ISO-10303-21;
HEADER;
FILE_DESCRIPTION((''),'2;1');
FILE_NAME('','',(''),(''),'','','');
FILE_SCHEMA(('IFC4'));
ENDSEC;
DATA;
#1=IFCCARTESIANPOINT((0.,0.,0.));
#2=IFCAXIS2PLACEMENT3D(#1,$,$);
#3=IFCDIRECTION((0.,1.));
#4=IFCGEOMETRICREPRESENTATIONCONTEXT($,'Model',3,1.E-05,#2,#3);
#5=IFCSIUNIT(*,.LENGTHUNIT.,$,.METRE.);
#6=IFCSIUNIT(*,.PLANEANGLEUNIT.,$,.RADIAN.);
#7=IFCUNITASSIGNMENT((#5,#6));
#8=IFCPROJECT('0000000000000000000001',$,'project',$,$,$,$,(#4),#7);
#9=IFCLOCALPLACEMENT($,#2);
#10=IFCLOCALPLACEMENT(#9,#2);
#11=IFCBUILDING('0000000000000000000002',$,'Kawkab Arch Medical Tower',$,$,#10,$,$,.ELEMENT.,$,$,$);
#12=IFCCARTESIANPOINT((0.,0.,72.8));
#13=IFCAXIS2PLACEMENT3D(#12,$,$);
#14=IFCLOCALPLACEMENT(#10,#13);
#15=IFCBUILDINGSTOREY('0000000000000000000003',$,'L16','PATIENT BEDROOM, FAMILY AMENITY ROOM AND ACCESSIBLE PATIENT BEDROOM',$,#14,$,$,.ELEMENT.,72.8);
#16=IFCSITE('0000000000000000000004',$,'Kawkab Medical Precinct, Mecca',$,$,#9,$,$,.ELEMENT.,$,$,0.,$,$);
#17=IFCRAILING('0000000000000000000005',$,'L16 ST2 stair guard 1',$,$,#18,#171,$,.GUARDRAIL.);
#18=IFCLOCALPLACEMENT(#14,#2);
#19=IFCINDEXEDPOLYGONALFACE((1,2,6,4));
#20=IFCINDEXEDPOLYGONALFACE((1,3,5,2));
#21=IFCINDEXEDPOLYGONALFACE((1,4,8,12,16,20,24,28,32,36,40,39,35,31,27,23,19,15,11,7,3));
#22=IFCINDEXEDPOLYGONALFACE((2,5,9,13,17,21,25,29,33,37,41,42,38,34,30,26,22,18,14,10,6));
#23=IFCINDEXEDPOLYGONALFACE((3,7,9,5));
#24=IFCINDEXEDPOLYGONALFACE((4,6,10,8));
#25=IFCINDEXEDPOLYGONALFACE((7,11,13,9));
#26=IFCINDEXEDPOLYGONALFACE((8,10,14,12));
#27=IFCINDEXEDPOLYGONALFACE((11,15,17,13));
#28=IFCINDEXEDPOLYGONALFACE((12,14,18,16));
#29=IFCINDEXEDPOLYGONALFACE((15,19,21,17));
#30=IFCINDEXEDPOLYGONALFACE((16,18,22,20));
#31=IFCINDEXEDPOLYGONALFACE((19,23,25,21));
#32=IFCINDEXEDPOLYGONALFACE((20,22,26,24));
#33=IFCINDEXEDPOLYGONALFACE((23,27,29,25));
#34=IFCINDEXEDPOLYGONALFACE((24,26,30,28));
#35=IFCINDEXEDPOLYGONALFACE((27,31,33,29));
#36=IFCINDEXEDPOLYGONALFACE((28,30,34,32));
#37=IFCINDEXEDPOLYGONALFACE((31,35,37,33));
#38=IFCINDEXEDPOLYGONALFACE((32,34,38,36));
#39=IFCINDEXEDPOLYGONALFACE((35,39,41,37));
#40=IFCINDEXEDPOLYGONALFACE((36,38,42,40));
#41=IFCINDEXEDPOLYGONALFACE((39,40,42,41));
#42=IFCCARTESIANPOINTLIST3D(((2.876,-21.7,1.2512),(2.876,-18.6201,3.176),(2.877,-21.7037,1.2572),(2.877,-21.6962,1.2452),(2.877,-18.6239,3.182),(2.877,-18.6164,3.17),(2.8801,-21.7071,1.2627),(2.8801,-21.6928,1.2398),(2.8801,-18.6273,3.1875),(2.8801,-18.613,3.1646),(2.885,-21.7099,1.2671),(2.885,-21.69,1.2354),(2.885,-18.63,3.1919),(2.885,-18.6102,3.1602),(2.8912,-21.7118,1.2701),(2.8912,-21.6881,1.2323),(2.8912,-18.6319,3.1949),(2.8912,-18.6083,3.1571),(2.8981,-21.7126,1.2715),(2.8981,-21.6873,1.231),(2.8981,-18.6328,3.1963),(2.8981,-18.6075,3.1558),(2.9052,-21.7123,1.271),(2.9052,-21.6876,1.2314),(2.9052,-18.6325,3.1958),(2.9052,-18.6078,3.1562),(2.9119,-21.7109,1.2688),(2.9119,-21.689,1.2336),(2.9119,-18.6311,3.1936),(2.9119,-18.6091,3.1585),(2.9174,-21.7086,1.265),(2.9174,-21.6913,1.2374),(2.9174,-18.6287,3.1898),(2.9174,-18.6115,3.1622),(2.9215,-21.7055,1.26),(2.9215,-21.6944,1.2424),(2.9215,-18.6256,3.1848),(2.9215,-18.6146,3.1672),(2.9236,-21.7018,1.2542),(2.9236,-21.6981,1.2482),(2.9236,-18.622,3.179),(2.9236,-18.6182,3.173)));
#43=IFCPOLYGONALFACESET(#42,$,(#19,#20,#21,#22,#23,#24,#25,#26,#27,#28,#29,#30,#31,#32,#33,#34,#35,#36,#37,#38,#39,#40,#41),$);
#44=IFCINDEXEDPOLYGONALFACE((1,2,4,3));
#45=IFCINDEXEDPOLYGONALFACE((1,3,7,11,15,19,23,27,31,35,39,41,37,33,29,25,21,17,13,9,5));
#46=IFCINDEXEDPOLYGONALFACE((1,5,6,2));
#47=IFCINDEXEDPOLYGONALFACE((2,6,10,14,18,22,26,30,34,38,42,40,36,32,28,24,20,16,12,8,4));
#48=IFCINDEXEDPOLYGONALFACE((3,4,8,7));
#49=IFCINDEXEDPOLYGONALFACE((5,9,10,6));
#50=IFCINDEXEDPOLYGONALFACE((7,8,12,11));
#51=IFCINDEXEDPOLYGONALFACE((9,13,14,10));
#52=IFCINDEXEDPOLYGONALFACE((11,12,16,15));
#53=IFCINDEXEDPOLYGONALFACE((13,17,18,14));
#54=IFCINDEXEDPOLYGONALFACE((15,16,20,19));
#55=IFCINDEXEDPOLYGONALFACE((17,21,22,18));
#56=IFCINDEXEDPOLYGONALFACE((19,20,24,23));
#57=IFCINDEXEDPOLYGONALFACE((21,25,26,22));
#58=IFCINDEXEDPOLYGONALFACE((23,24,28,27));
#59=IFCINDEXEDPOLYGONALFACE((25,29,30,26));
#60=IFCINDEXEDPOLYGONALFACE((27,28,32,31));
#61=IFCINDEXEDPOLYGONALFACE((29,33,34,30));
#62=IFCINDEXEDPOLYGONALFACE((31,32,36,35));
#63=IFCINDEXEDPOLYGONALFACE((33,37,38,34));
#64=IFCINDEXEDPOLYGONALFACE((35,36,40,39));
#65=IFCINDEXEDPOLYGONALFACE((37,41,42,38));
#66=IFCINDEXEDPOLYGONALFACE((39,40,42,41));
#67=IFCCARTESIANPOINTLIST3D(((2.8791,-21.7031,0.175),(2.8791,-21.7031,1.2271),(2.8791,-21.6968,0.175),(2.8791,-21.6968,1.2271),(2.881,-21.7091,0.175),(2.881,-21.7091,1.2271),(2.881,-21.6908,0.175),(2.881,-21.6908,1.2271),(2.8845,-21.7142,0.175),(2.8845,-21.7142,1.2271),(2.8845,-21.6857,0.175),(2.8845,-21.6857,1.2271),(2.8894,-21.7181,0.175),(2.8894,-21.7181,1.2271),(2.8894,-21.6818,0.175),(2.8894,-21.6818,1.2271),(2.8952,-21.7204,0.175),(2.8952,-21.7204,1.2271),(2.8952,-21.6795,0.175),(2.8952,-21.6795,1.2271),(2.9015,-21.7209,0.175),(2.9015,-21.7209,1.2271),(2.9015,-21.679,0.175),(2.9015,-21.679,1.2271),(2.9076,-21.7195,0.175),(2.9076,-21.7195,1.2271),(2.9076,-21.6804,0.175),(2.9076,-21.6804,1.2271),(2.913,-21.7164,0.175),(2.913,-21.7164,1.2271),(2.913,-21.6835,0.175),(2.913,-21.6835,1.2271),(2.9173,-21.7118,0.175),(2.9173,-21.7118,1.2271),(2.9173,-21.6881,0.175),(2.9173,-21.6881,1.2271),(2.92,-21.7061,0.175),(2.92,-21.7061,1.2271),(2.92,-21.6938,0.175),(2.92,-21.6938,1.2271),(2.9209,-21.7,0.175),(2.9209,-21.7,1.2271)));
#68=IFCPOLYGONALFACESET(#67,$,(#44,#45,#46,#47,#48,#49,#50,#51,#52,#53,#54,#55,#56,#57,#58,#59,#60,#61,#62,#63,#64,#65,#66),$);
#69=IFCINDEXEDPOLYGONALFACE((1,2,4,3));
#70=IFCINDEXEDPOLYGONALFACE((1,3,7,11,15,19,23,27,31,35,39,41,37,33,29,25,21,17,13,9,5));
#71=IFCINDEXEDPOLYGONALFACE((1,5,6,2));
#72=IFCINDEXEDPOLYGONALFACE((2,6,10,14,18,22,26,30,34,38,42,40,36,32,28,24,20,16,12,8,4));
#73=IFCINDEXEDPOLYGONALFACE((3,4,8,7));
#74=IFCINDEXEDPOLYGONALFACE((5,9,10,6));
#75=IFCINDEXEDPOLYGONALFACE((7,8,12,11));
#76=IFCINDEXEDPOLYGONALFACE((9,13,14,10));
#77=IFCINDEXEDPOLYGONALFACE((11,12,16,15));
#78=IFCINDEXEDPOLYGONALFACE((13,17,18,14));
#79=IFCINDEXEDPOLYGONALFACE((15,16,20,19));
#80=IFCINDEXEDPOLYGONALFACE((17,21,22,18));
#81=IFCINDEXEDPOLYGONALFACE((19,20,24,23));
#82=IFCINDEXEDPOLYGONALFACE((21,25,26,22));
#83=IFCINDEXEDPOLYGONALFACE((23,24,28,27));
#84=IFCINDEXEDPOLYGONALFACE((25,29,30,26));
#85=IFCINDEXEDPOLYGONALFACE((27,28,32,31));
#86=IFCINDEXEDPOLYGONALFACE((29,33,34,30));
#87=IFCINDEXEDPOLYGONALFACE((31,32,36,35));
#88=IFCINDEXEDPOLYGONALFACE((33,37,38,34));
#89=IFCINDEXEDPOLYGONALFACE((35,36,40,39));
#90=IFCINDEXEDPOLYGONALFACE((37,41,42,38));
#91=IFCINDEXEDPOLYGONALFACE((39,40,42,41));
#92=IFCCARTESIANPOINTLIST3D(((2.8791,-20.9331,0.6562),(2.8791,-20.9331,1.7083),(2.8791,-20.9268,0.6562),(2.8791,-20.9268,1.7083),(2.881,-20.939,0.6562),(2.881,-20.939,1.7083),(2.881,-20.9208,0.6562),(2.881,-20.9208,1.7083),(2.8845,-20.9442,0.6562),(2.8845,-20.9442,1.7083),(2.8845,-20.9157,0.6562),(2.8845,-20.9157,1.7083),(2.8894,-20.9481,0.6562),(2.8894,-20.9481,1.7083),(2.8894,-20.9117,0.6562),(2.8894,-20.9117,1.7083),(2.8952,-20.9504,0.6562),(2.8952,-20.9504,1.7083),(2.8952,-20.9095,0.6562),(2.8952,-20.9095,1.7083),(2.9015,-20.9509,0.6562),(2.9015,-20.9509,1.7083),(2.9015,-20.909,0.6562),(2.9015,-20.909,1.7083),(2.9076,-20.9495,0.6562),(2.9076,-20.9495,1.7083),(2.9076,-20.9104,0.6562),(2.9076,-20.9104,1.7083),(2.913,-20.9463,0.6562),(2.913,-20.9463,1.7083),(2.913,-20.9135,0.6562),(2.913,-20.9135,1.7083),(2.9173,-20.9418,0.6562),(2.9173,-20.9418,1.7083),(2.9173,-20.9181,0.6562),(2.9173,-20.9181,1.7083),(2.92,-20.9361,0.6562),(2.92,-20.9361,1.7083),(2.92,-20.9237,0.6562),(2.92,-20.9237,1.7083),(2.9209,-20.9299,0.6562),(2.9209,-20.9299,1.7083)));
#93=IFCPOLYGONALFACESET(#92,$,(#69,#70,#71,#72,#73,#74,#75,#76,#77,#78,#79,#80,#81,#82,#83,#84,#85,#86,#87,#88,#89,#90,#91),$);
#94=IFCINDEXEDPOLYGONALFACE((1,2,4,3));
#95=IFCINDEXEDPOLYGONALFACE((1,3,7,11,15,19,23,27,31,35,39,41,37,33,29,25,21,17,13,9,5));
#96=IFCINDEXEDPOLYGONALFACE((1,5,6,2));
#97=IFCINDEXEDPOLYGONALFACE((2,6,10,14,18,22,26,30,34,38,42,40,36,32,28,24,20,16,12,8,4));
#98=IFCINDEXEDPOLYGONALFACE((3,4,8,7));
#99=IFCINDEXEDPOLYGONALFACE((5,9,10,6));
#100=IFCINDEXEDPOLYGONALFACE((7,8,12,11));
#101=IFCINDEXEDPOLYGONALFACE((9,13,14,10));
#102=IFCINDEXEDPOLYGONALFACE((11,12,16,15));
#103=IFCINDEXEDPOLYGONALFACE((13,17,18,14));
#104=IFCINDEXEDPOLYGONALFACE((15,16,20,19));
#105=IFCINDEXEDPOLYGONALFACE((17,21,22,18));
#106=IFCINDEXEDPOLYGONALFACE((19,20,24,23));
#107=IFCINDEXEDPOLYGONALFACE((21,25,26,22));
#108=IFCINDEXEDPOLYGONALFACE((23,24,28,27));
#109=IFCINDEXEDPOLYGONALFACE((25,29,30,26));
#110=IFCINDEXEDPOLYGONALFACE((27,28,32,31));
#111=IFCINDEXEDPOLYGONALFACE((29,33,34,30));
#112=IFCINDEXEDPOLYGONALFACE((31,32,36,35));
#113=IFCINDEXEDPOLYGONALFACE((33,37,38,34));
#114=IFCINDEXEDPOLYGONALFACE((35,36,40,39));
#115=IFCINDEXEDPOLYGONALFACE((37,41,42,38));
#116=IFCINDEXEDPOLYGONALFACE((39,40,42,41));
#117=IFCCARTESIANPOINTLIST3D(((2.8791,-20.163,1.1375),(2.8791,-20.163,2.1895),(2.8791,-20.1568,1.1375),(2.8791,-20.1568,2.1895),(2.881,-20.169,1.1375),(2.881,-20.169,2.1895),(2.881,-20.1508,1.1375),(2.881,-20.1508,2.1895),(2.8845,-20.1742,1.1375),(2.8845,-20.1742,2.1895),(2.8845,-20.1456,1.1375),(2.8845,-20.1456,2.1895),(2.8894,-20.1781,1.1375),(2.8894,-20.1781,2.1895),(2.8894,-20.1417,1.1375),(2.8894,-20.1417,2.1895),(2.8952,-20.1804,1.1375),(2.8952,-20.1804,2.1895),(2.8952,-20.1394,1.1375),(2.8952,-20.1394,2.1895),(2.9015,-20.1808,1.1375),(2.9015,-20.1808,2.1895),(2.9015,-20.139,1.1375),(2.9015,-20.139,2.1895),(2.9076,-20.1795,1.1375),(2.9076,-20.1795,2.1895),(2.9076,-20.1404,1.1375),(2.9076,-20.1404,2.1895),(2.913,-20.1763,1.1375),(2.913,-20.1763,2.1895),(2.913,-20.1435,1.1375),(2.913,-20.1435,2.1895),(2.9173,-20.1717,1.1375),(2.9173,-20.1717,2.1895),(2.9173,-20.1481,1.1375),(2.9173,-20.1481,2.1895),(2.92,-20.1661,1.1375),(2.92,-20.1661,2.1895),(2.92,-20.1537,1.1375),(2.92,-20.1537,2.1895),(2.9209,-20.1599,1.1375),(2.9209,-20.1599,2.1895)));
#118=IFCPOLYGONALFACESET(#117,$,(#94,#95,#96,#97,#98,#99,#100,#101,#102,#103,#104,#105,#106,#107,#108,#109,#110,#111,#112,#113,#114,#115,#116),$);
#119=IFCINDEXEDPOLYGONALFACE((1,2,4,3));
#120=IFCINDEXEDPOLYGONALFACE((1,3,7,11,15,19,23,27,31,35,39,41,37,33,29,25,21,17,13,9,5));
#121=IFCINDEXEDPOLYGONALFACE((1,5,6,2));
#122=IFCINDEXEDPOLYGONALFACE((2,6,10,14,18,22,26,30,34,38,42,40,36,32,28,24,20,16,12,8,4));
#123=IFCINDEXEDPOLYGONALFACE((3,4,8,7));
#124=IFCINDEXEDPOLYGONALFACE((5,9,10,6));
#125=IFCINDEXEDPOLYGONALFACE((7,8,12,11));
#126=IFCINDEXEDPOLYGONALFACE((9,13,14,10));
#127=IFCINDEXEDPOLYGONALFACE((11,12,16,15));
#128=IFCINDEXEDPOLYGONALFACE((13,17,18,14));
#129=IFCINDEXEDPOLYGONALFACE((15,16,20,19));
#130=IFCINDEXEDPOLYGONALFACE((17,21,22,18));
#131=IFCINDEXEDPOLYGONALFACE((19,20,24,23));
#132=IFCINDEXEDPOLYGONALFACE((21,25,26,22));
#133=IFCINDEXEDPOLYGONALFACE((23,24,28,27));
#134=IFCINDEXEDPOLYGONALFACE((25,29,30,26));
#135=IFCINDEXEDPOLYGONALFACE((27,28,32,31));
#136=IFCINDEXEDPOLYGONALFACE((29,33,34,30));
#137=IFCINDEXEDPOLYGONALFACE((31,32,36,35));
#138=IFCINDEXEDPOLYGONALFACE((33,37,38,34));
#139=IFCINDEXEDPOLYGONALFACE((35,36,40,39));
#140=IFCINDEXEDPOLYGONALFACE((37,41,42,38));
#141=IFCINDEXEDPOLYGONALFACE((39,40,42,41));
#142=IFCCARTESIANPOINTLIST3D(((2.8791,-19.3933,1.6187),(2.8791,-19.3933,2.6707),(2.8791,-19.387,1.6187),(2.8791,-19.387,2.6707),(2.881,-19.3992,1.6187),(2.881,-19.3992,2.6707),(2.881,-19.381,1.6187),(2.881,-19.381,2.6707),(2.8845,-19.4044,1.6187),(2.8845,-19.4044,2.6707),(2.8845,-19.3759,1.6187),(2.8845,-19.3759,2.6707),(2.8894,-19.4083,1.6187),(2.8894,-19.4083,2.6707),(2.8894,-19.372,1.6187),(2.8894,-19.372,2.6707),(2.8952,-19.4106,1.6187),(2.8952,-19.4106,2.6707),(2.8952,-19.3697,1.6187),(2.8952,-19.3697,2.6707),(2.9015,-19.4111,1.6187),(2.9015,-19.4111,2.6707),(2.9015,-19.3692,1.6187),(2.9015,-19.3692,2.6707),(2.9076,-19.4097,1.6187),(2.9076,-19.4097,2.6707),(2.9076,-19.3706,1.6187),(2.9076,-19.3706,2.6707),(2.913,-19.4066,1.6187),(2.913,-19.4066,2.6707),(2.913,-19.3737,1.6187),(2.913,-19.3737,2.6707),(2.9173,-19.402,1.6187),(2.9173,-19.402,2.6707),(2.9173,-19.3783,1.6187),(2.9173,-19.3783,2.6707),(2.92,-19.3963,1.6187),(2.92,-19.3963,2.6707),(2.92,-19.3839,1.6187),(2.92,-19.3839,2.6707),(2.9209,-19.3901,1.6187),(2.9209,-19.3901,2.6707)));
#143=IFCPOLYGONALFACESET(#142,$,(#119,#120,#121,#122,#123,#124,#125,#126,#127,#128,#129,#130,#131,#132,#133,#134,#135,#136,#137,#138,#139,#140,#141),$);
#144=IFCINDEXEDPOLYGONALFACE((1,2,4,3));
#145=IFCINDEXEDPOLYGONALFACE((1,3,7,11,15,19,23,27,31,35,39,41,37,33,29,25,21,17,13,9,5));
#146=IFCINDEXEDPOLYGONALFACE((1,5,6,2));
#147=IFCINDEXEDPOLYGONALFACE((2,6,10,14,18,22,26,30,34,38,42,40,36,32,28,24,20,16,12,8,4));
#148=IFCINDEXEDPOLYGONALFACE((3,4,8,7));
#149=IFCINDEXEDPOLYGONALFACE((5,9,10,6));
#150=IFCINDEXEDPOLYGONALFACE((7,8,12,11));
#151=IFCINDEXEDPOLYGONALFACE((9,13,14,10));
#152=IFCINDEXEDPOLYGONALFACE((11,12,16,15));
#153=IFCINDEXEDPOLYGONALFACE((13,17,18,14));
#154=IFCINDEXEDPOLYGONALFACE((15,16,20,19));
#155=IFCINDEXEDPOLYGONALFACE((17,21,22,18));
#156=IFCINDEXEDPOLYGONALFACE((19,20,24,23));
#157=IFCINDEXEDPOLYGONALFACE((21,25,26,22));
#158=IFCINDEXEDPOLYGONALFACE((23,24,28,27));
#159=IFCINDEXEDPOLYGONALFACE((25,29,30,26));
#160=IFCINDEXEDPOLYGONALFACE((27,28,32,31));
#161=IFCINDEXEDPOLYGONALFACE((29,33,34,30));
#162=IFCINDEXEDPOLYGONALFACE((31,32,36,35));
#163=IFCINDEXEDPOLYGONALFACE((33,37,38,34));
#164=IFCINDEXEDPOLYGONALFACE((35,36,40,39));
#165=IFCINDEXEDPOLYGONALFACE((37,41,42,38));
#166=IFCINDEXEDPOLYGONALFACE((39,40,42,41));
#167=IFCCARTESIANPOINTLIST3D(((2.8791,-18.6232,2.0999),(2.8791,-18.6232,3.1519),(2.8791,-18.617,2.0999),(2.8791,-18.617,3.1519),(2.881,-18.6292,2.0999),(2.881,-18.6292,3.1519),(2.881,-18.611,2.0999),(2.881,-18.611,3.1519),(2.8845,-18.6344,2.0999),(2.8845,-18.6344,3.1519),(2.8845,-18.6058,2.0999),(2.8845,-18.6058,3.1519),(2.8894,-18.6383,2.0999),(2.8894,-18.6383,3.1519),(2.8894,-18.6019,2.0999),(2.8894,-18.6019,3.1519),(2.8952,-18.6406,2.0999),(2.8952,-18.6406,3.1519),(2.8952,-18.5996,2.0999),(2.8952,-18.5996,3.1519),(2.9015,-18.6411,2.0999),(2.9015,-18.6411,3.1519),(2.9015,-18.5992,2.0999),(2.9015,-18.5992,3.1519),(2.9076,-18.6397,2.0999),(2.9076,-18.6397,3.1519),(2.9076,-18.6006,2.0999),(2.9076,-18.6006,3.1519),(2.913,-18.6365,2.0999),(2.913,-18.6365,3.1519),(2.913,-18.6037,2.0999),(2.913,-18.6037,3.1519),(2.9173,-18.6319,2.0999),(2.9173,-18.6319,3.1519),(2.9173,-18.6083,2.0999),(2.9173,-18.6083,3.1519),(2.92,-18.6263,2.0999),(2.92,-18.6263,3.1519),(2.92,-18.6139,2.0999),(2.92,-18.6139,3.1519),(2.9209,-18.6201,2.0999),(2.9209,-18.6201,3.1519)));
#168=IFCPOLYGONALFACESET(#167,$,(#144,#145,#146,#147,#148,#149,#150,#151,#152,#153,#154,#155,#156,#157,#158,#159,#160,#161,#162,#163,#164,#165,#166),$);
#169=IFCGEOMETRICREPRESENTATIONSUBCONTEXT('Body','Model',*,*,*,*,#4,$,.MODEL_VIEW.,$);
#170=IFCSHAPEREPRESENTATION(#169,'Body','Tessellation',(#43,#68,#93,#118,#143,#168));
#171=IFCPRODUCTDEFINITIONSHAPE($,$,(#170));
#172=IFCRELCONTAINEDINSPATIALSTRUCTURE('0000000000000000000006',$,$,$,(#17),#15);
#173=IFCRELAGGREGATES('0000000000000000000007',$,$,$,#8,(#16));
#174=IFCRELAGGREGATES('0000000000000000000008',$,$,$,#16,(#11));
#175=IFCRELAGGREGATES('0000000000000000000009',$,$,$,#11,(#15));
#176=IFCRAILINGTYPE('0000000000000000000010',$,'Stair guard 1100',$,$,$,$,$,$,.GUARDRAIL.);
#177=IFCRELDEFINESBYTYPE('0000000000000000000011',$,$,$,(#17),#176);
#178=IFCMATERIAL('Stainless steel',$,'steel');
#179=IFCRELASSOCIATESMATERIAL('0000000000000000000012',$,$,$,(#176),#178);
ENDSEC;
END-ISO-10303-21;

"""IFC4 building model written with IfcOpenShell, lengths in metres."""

from ifc_helpers import new_model, si_unit, direction, frame, origin, origin_2d, place, context, subcontext, project, spatial, circle, extrude, material, type_object, element, save


model = new_model("IFC4")

# Units and contexts
model_context = context("Model", 3, precision=1e-05, world=origin(), true_north=direction((0.0, 1.0)))
body_context = subcontext(model_context, "Body", "Model", "MODEL_VIEW")
ifc_project = project(units=[si_unit("LENGTHUNIT", "METRE"), si_unit("PLANEANGLEUNIT", "RADIAN")], contexts=[model_context])

# Site, building, storey
site_placement = place(None, origin())
site = spatial("IfcSite", under=ifc_project, at=site_placement, Name="Kawkab Medical Precinct, Mecca", CompositionType="ELEMENT", RefElevation=0.0)
building_placement = place(site_placement, origin())
building = spatial("IfcBuilding", under=site, at=building_placement, Name="Kawkab Arch Medical Tower", CompositionType="ELEMENT")
storey_placement = place(building_placement, frame((0.0, 0.0, 72.8)))
storey = spatial("IfcBuildingStorey", under=building, at=storey_placement, Name="L16", Description="PATIENT BEDROOM, FAMILY AMENITY ROOM AND ACCESSIBLE PATIENT BEDROOM", CompositionType="ELEMENT", Elevation=72.8)

# Railing
ifc_material_1 = material(Name="Stainless steel", Category="steel")
railing_type = type_object("IfcRailingType", Name="Stair guard 1100", PredefinedType="GUARDRAIL", material=ifc_material_1)
railing_placement = place(storey_placement, frame((2.8999, -21.7, 0.175)))
element("IfcRailing", 1, at=railing_placement, inside=storey, type_object=railing_type, Name="L16 ST2 stair guard 1", PredefinedType="GUARDRAIL", context=body_context, shape_type="SweptSolid", body=[
    extrude(circle(Radius=0.0239, at=origin_2d()), frame((0.0, 0.0, 1.0762), z_axis=(0.0, 0.84801, 0.529981), x_axis=(-1.0, 0.0, 0.0)), (0.0, 0.0, 1.0), 3.6318),
    extrude(circle(Radius=0.021, at=origin_2d()), origin(), (0.0, 0.0, 1.0), 1.052),
    extrude(circle(Radius=0.021, at=origin_2d()), frame((0.0, 0.77, 0.4812)), (0.0, 0.0, 1.0), 1.052),
    extrude(circle(Radius=0.021, at=origin_2d()), frame((0.0, 1.54, 0.9624)), (0.0, 0.0, 1.0), 1.052),
    extrude(circle(Radius=0.021, at=origin_2d()), frame((0.0, 2.3098, 1.4436)), (0.0, 0.0, 1.0), 1.052),
    extrude(circle(Radius=0.021, at=origin_2d()), frame((0.0, 3.0798, 1.9248)), (0.0, 0.0, 1.0), 1.052),
])

save(model, "model.ifc")
